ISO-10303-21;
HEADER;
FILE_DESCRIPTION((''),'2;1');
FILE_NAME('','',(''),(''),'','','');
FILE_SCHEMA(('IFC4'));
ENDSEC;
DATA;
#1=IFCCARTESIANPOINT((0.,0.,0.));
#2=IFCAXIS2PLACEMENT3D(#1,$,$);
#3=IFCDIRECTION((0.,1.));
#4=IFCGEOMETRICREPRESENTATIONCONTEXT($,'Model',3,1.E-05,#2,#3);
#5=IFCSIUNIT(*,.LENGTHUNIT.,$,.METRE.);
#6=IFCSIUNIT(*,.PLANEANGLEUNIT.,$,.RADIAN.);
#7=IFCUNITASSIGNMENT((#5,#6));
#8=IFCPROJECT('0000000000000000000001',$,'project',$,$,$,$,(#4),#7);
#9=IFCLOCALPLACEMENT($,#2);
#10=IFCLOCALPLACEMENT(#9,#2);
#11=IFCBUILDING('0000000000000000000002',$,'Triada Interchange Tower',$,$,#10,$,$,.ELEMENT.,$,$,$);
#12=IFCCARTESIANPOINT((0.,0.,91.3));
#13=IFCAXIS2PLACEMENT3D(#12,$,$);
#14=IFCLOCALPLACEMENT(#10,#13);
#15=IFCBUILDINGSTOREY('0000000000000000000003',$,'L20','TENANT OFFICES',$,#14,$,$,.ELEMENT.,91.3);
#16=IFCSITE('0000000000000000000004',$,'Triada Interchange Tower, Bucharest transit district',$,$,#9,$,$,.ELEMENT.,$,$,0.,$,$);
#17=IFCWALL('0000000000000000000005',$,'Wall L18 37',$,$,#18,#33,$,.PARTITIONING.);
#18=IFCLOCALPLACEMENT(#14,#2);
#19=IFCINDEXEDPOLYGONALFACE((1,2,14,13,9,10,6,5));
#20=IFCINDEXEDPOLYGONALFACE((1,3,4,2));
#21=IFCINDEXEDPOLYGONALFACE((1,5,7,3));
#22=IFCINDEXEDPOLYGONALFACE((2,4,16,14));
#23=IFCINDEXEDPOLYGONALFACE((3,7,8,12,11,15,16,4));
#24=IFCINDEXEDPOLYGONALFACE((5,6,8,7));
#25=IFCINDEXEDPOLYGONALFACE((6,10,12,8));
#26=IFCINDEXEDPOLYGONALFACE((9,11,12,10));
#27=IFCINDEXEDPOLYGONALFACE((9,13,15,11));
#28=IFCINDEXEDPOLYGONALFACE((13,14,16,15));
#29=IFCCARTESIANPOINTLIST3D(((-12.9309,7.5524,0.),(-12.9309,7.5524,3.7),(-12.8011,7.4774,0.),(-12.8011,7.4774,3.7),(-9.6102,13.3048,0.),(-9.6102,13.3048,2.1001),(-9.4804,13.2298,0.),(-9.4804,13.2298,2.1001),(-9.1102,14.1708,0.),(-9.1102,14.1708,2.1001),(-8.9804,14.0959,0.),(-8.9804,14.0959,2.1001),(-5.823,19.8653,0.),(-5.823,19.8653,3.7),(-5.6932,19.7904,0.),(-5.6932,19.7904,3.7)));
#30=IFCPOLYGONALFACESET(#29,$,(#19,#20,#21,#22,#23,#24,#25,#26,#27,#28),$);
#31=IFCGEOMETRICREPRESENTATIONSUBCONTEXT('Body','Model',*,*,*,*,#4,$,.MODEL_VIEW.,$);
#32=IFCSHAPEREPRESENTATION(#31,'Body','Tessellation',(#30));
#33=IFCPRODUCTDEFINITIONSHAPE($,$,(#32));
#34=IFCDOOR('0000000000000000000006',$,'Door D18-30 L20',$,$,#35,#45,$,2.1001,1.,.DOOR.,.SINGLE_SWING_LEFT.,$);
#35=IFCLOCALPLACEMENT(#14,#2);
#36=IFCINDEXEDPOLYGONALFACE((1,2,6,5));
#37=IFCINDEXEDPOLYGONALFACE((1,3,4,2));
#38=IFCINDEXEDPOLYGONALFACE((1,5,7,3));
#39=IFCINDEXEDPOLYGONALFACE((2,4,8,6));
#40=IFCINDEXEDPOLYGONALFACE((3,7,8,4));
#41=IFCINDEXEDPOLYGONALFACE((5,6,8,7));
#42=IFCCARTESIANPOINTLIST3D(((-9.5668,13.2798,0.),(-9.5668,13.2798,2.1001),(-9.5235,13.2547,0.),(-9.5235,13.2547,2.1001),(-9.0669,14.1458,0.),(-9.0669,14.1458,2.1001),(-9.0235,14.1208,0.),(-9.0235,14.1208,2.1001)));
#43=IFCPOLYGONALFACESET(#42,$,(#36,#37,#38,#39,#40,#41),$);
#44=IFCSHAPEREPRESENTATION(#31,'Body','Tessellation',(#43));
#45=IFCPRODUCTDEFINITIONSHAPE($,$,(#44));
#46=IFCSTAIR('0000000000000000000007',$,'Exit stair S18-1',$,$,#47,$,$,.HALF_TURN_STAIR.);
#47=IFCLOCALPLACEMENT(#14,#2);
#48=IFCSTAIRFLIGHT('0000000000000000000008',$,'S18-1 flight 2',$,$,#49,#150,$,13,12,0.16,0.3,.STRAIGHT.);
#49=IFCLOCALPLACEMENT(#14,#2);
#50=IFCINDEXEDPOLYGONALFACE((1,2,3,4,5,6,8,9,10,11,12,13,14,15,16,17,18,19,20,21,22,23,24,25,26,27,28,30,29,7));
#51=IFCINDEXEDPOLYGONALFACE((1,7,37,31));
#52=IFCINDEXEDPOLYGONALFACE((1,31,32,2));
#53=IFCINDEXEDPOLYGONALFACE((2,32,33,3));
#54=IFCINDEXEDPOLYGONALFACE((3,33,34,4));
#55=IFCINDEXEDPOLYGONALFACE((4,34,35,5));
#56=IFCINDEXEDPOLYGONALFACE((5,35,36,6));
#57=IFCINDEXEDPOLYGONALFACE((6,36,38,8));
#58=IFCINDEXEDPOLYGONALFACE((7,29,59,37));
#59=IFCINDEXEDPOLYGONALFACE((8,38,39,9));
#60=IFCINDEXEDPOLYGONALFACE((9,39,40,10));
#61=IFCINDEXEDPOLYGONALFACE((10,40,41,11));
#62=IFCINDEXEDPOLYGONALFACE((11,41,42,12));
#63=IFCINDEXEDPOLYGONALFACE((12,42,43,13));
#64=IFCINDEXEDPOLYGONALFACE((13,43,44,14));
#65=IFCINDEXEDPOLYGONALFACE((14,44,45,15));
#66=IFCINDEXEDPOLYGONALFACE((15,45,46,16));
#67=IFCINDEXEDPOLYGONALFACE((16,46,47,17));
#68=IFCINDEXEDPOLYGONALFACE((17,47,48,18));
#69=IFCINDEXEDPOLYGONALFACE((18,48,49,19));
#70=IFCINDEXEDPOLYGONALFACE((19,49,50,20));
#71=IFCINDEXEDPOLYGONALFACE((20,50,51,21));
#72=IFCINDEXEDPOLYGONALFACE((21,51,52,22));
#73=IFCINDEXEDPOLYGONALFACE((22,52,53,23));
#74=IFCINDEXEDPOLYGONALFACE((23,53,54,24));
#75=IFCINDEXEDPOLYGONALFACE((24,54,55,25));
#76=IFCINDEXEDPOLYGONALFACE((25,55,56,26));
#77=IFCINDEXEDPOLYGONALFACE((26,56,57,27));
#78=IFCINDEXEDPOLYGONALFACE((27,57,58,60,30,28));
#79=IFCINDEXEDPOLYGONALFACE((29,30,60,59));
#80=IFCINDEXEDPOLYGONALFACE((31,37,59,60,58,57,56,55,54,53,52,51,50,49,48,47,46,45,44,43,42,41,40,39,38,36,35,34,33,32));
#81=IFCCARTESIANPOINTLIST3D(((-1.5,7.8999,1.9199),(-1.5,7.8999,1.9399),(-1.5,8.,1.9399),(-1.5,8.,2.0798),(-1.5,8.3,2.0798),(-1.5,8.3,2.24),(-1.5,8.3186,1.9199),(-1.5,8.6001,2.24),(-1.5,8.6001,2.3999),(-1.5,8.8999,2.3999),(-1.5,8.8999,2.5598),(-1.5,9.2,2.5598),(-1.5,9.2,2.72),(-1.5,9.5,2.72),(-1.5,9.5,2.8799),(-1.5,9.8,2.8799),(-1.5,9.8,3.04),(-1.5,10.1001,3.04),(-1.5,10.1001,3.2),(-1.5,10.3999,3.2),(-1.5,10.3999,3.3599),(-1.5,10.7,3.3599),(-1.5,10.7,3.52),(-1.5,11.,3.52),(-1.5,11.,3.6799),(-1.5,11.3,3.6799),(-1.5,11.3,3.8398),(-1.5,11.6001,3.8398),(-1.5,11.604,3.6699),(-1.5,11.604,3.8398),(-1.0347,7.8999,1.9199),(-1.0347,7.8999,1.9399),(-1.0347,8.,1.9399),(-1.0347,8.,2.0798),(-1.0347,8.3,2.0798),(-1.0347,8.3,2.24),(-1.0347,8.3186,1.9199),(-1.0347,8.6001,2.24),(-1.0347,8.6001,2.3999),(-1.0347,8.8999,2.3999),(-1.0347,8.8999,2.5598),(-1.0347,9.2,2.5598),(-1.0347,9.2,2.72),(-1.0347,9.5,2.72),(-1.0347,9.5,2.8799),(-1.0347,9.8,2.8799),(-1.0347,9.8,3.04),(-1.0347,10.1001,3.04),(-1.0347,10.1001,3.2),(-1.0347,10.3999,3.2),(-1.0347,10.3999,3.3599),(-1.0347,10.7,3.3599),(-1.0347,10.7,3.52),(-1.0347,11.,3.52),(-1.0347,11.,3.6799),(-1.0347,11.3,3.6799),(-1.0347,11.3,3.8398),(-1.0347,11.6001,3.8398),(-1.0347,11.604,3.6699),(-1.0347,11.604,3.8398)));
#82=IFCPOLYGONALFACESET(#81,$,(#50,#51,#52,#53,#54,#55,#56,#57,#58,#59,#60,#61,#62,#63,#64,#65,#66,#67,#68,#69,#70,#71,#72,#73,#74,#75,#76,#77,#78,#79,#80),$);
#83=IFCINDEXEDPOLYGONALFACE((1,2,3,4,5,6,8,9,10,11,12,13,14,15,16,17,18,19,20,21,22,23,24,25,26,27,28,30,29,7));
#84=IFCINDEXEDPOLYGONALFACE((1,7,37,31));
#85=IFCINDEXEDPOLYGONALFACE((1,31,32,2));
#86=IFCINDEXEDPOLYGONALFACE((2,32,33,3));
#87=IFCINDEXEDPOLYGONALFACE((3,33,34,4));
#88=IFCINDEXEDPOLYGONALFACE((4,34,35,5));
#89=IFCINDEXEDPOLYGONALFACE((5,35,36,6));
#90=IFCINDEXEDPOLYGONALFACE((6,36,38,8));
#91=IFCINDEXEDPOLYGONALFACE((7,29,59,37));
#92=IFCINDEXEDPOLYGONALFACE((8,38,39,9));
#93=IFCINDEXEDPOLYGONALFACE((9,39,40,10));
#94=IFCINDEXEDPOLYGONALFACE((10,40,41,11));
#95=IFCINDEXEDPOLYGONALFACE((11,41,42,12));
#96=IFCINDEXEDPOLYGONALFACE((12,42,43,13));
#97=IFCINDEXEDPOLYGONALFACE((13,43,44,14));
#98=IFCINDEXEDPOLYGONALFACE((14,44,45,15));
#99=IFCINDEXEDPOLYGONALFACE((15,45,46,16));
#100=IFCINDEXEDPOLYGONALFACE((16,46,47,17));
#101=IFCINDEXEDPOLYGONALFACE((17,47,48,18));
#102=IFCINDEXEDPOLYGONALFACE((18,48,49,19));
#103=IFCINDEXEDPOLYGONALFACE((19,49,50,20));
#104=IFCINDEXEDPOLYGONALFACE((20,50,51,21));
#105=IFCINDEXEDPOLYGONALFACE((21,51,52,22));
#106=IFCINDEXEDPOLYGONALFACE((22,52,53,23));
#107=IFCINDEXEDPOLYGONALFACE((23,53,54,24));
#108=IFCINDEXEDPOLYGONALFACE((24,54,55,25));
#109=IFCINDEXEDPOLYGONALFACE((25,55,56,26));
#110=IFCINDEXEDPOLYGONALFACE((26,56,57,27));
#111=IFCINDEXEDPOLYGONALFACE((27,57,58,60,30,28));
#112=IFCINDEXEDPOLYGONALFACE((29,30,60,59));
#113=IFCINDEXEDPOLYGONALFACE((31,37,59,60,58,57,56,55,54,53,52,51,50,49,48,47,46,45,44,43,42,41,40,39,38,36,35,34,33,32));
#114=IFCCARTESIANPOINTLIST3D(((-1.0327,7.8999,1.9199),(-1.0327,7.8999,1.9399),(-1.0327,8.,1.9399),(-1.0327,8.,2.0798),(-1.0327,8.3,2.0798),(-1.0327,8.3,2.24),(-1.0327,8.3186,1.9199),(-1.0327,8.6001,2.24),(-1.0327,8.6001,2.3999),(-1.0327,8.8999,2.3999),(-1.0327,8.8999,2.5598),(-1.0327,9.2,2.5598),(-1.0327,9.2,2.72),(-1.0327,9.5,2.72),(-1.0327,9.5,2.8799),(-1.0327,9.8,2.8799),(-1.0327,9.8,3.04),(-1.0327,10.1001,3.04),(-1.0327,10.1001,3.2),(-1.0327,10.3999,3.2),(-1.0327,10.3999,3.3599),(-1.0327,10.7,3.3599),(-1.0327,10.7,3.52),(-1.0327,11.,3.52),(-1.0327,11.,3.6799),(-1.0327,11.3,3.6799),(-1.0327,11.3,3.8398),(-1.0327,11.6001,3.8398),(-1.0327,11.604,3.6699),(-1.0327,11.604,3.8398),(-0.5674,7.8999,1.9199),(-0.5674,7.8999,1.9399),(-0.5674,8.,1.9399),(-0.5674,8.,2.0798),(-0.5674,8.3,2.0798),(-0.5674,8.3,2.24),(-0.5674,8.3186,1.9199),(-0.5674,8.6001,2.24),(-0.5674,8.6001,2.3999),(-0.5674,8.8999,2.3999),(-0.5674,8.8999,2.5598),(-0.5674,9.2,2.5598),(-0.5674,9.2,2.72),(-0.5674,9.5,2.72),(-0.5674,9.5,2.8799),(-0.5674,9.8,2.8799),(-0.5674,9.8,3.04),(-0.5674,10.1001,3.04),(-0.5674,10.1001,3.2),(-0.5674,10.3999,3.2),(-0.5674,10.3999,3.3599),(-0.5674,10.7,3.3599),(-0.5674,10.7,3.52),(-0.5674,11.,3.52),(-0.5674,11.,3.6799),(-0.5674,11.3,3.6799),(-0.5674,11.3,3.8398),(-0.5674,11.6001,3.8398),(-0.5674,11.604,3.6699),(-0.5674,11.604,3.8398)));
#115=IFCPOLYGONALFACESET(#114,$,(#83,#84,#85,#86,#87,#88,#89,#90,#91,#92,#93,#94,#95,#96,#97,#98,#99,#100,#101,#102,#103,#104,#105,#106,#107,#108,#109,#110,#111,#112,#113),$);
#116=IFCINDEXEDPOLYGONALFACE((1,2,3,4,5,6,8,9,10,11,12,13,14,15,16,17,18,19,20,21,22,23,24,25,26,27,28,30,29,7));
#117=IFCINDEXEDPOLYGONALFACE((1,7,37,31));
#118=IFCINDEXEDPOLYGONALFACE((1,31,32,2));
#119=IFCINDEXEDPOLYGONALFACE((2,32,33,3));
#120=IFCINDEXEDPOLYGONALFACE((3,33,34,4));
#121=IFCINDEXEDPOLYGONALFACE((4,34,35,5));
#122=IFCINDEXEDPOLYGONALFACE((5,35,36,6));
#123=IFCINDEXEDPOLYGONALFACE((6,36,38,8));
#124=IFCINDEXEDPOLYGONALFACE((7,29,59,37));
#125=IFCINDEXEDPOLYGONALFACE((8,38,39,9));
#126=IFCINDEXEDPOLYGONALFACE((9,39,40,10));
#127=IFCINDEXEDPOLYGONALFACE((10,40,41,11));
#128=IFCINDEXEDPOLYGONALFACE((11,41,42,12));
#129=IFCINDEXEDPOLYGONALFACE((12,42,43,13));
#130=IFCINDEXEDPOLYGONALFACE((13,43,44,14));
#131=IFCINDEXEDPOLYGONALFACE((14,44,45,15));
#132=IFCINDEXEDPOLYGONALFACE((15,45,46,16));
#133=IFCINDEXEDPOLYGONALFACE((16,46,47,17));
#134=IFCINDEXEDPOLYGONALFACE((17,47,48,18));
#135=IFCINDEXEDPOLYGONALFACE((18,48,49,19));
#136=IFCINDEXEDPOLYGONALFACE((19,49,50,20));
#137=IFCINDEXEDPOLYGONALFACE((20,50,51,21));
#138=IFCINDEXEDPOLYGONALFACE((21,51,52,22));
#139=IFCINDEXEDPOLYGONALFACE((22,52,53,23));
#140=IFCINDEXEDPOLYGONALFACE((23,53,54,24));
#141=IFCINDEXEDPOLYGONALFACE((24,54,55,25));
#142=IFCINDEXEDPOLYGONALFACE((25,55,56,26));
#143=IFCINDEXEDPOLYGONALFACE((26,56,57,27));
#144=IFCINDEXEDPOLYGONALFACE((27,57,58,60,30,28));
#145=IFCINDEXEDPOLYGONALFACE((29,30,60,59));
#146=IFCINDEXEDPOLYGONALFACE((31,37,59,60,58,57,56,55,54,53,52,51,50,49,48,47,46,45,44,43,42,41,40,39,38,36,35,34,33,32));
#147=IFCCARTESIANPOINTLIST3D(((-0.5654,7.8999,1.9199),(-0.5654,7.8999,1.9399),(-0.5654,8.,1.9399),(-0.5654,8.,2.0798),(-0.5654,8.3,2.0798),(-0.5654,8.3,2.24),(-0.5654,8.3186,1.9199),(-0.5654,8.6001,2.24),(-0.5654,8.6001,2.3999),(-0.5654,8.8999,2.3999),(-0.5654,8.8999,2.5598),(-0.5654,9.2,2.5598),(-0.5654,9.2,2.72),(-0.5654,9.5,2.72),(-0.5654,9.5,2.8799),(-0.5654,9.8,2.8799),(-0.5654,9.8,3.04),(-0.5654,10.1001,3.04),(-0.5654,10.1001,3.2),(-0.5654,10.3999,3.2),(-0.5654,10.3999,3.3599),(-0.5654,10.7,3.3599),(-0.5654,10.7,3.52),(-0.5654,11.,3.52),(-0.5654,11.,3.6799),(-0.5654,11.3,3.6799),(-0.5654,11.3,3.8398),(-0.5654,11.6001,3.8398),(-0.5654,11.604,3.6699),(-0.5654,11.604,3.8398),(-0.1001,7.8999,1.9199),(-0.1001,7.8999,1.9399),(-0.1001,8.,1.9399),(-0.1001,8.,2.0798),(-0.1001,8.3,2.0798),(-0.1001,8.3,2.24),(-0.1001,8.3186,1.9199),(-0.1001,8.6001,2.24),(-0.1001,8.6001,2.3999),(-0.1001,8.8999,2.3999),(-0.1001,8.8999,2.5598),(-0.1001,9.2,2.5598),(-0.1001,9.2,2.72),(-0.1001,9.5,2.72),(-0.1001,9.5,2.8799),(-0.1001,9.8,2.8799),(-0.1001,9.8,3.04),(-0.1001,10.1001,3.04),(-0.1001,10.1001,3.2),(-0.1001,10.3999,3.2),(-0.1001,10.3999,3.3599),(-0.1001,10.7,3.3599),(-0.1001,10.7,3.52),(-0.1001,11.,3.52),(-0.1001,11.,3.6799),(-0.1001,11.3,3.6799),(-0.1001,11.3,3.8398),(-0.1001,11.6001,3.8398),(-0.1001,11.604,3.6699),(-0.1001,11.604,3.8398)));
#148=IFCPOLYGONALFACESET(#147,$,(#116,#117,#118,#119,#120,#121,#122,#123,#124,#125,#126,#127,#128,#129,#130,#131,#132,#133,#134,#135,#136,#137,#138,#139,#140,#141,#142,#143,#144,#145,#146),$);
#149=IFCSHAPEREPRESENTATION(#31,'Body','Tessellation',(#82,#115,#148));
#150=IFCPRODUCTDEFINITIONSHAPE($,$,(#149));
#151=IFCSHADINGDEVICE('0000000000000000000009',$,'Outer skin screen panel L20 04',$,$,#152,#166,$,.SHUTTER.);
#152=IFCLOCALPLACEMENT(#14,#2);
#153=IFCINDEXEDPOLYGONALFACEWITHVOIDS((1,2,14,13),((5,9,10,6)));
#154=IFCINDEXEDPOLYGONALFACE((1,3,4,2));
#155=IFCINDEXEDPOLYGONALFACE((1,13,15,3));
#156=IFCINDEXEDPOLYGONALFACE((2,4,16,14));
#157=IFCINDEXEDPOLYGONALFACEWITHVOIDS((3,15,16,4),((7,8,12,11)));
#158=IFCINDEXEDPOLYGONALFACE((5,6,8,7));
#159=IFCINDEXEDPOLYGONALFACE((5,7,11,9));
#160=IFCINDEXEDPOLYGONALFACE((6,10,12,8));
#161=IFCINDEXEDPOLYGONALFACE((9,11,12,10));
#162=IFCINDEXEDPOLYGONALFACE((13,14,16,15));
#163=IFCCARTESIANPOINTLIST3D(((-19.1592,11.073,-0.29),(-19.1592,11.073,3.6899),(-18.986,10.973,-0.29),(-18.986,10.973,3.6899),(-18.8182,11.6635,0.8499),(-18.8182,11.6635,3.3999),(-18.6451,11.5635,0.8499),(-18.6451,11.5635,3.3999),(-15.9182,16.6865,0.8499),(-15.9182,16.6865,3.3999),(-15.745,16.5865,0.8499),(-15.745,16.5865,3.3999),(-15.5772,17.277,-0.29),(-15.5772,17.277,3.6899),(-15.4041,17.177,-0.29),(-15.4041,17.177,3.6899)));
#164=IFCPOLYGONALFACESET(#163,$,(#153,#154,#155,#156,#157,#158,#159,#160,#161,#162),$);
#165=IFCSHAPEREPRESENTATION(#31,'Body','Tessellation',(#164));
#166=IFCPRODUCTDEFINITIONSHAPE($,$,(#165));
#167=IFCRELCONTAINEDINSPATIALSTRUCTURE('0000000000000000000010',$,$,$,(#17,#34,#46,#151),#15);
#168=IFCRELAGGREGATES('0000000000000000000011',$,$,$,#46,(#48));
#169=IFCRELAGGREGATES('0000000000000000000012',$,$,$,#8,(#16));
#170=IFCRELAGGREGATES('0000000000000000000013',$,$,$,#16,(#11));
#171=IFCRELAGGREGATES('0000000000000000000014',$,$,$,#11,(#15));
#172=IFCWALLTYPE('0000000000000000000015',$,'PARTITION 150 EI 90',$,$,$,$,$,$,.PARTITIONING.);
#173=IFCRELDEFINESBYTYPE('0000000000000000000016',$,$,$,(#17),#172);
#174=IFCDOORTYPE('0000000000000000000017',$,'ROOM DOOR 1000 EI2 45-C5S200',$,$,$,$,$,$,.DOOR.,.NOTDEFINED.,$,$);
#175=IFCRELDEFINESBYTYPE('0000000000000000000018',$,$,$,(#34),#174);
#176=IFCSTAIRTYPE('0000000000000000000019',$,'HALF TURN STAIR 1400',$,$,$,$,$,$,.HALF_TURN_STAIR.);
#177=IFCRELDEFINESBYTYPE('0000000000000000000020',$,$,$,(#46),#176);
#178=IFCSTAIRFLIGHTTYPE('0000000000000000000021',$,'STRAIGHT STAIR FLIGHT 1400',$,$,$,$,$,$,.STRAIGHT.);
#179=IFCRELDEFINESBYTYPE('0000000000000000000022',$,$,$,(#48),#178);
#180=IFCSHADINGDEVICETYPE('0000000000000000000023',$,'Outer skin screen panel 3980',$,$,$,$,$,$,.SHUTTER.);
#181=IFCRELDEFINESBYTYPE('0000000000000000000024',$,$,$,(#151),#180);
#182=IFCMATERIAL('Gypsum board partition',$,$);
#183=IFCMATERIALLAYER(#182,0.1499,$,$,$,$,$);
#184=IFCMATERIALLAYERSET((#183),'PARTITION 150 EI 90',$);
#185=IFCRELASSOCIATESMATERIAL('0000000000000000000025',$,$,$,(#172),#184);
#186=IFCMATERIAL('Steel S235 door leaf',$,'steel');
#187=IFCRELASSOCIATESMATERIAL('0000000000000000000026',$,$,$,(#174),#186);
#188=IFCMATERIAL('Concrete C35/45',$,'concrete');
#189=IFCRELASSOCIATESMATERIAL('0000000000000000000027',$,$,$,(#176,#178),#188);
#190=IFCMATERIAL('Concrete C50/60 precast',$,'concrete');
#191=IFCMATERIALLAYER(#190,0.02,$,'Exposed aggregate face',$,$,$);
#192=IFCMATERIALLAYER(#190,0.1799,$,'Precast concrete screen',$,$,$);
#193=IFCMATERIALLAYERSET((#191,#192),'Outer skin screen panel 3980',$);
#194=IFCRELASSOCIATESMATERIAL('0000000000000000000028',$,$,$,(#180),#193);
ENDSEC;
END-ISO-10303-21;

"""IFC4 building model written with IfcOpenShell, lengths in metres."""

from ifc_helpers import new_model, si_unit, direction, frame, frame_2d, origin, place, context, subcontext, project, spatial, polyline, rectangle, outline, extrude, material, layer, layer_set, type_object, element, fill, aggregate, save


model = new_model("IFC4")

# Units and contexts
model_context = context("Model", 3, precision=1e-05, world=origin(), true_north=direction((0.0, 1.0)))
body_context = subcontext(model_context, "Body", "Model", "MODEL_VIEW")
ifc_project = project(units=[si_unit("LENGTHUNIT", "METRE"), si_unit("PLANEANGLEUNIT", "RADIAN")], contexts=[model_context])

# Site, building, storey
site_placement = place(None, origin())
site = spatial("IfcSite", under=ifc_project, at=site_placement, Name="Triada Interchange Tower, Bucharest transit district", CompositionType="ELEMENT", RefElevation=0.0)
building_placement = place(site_placement, origin())
building = spatial("IfcBuilding", under=site, at=building_placement, Name="Triada Interchange Tower", CompositionType="ELEMENT")
storey_placement = place(building_placement, frame((0.0, 0.0, 91.3)))
storey = spatial("IfcBuildingStorey", under=building, at=storey_placement, Name="L20", Description="TENANT OFFICES", CompositionType="ELEMENT", Elevation=91.3)

# Shared definitions
ifc_material_1 = material(Name="Steel S235 door leaf", Category="steel")

# Shared definitions
ifc_material_2 = material(Name="Gypsum board partition")

# Wall, opening, door
ifc_layer_1 = layer(ifc_material_2, 0.1499)
ifc_layer_set_1 = layer_set([ifc_layer_1], Name="PARTITION 150 EI 90")
wall_type_1 = type_object("IfcWallType", Name="PARTITION 150 EI 90", PredefinedType="PARTITIONING", material=ifc_layer_set_1)
wall_1_placement = place(storey_placement, frame((-12.866, 7.5149, 0.0), z_axis=(0.0, 0.0, 1.0), x_axis=(0.499947, 0.866056, 0.0)))
wall_1 = element("IfcWall", 1, at=wall_1_placement, inside=storey, type_object=wall_type_1, Name="Wall L18 37", PredefinedType="PARTITIONING", context=body_context, shape_type="SweptSolid", body=[
    extrude(rectangle(XDim=14.2173, YDim=0.1499, at=frame_2d((7.1086, 0.0))), origin(), (0.0, 0.0, 1.0), 3.7),
])
opening_1_placement = place(wall_1_placement, frame((6.6421, 0.0, 0.0)))
opening_1 = element("IfcOpeningElement", 2, at=opening_1_placement, cuts=wall_1, PredefinedType="OPENING", context=body_context, shape_type="SweptSolid", body=[
    extrude(rectangle(XDim=1.0, YDim=2.1001, at=frame_2d((0.5, 1.05))), frame((0.0, 0.085, 0.0), z_axis=(0.0, -1.0, 0.0), x_axis=(1.0, 0.0, 0.0)), (0.0, 0.0, 1.0), 0.1699),
])
door_type_1 = type_object("IfcDoorType", Name="ROOM DOOR 1000 EI2 45-C5S200", OperationType="NOTDEFINED", PredefinedType="DOOR", material=ifc_material_1)
door_1_placement = place(opening_1_placement, origin())
door_1 = element("IfcDoor", 3, at=door_1_placement, inside=storey, type_object=door_type_1, Name="Door D18-30 L20", OperationType="SINGLE_SWING_LEFT", OverallHeight=2.1001, OverallWidth=1.0, PredefinedType="DOOR", context=body_context, shape_type="SweptSolid", body=[
    extrude(rectangle(XDim=1.0, YDim=2.1001, at=frame_2d((0.5, 1.05))), frame((0.0, 0.0249, 0.0), z_axis=(0.0, -1.0, 0.0), x_axis=(1.0, 0.0, 0.0)), (0.0, 0.0, 1.0), 0.05),
])
fill(opening_1, door_1)

# Stair, stair flight
ifc_material_3 = material(Name="Concrete C35/45", Category="concrete")
stair_type = type_object("IfcStairType", Name="HALF TURN STAIR 1400", PredefinedType="HALF_TURN_STAIR", material=ifc_material_3)
stair_placement = place(storey_placement, origin())
stair = element("IfcStair", 4, at=stair_placement, inside=storey, type_object=stair_type, Name="Exit stair S18-1", PredefinedType="HALF_TURN_STAIR")
stair_flight_type = type_object("IfcStairFlightType", Name="STRAIGHT STAIR FLIGHT 1400", PredefinedType="STRAIGHT", material=ifc_material_3)
stair_flight_placement = place(storey_placement, frame((-0.8, 8.0, 1.9199), z_axis=(0.0, 0.0, 1.0), x_axis=(0.0, 1.0, 0.0)))
stair_flight = element("IfcStairFlight", 5, at=stair_flight_placement, type_object=stair_flight_type, Name="S18-1 flight 2", NumberOfRisers=13, NumberOfTreads=12, PredefinedType="STRAIGHT", RiserHeight=0.16, TreadLength=0.3, context=body_context, shape_type="SweptSolid", body=[
    extrude(outline(polyline([(-0.1001, 0.0), (-0.1001, 0.02), (0.0, 0.02), (0.0, 0.1599), (0.3, 0.1599), (0.3, 0.3201), (0.6001, 0.3201), (0.6001, 0.48), (0.8999, 0.48), (0.8999, 0.6399), (1.2, 0.6399), (1.2, 0.8), (1.5, 0.8), (1.5, 0.96), (1.8, 0.96), (1.8, 1.1201), (2.1001, 1.1201), (2.1001, 1.28), (2.3999, 1.28), (2.3999, 1.4399), (2.7, 1.4399), (2.7, 1.6001), (3.0, 1.6001), (3.0, 1.76), (3.3, 1.76), (3.3, 1.9199), (3.6001, 1.9199), (3.604, 1.9199), (3.604, 2.0801), (3.604, 1.75), (0.3186, 0.0), (-0.1001, 0.0)])), frame((0.0, 0.7, 0.0), z_axis=(0.0, -1.0, 0.0), x_axis=(1.0, 0.0, 0.0)), (0.0, 0.0, 1.0), 0.4653),
    extrude(outline(polyline([(-0.1001, 0.0), (-0.1001, 0.02), (0.0, 0.02), (0.0, 0.1599), (0.3, 0.1599), (0.3, 0.3201), (0.6001, 0.3201), (0.6001, 0.48), (0.8999, 0.48), (0.8999, 0.6399), (1.2, 0.6399), (1.2, 0.8), (1.5, 0.8), (1.5, 0.96), (1.8, 0.96), (1.8, 1.1201), (2.1001, 1.1201), (2.1001, 1.28), (2.3999, 1.28), (2.3999, 1.4399), (2.7, 1.4399), (2.7, 1.6001), (3.0, 1.6001), (3.0, 1.76), (3.3, 1.76), (3.3, 1.9199), (3.6001, 1.9199), (3.604, 1.9199), (3.604, 2.0801), (3.604, 1.75), (0.3186, 0.0), (-0.1001, 0.0)])), frame((0.0, 0.2327, 0.0), z_axis=(0.0, -1.0, 0.0), x_axis=(1.0, 0.0, 0.0)), (0.0, 0.0, 1.0), 0.4653),
    extrude(outline(polyline([(-0.1001, 0.0), (-0.1001, 0.02), (0.0, 0.02), (0.0, 0.1599), (0.3, 0.1599), (0.3, 0.3201), (0.6001, 0.3201), (0.6001, 0.48), (0.8999, 0.48), (0.8999, 0.6399), (1.2, 0.6399), (1.2, 0.8), (1.5, 0.8), (1.5, 0.96), (1.8, 0.96), (1.8, 1.1201), (2.1001, 1.1201), (2.1001, 1.28), (2.3999, 1.28), (2.3999, 1.4399), (2.7, 1.4399), (2.7, 1.6001), (3.0, 1.6001), (3.0, 1.76), (3.3, 1.76), (3.3, 1.9199), (3.6001, 1.9199), (3.604, 1.9199), (3.604, 2.0801), (3.604, 1.75), (0.3186, 0.0), (-0.1001, 0.0)])), frame((0.0, -0.2346, 0.0), z_axis=(0.0, -1.0, 0.0), x_axis=(1.0, 0.0, 0.0)), (0.0, 0.0, 1.0), 0.4653),
])

# Shading device
ifc_material_4 = material(Name="Concrete C50/60 precast", Category="concrete")
ifc_layer_2 = layer(ifc_material_4, 0.02, Name="Exposed aggregate face")
ifc_layer_3 = layer(ifc_material_4, 0.1799, Name="Precast concrete screen")
ifc_layer_set_2 = layer_set([ifc_layer_2, ifc_layer_3], Name="Outer skin screen panel 3980")
shading_device_type = type_object("IfcShadingDeviceType", Name="Outer skin screen panel 3980", PredefinedType="SHUTTER", material=ifc_layer_set_2)
shading_device_1_placement = place(storey_placement, frame((-15.4041, 17.177, -0.29), z_axis=(0.0, 0.0, 1.0), x_axis=(-0.50001, -0.86602, 0.0)))
element("IfcShadingDevice", 6, at=shading_device_1_placement, inside=storey, type_object=shading_device_type, Name="Outer skin screen panel L20 04", PredefinedType="SHUTTER", context=body_context, shape_type="SweptSolid", body=[
    extrude(outline(polyline([(0.0, 0.0), (7.1638, 0.0), (7.1638, 3.98), (0.0, 3.98), (0.0, 0.0)]), holes=[polyline([(0.6819, 1.1399), (0.6819, 3.6899), (6.4819, 3.6899), (6.4819, 1.1399), (0.6819, 1.1399)])]), frame((0.0, 0.0, 0.0), z_axis=(0.0, -1.0, 0.0), x_axis=(1.0, 0.0, 0.0)), (0.0, 0.0, 1.0), 0.2),
])

aggregate(stair, [stair_flight])

save(model, "model.ifc")
